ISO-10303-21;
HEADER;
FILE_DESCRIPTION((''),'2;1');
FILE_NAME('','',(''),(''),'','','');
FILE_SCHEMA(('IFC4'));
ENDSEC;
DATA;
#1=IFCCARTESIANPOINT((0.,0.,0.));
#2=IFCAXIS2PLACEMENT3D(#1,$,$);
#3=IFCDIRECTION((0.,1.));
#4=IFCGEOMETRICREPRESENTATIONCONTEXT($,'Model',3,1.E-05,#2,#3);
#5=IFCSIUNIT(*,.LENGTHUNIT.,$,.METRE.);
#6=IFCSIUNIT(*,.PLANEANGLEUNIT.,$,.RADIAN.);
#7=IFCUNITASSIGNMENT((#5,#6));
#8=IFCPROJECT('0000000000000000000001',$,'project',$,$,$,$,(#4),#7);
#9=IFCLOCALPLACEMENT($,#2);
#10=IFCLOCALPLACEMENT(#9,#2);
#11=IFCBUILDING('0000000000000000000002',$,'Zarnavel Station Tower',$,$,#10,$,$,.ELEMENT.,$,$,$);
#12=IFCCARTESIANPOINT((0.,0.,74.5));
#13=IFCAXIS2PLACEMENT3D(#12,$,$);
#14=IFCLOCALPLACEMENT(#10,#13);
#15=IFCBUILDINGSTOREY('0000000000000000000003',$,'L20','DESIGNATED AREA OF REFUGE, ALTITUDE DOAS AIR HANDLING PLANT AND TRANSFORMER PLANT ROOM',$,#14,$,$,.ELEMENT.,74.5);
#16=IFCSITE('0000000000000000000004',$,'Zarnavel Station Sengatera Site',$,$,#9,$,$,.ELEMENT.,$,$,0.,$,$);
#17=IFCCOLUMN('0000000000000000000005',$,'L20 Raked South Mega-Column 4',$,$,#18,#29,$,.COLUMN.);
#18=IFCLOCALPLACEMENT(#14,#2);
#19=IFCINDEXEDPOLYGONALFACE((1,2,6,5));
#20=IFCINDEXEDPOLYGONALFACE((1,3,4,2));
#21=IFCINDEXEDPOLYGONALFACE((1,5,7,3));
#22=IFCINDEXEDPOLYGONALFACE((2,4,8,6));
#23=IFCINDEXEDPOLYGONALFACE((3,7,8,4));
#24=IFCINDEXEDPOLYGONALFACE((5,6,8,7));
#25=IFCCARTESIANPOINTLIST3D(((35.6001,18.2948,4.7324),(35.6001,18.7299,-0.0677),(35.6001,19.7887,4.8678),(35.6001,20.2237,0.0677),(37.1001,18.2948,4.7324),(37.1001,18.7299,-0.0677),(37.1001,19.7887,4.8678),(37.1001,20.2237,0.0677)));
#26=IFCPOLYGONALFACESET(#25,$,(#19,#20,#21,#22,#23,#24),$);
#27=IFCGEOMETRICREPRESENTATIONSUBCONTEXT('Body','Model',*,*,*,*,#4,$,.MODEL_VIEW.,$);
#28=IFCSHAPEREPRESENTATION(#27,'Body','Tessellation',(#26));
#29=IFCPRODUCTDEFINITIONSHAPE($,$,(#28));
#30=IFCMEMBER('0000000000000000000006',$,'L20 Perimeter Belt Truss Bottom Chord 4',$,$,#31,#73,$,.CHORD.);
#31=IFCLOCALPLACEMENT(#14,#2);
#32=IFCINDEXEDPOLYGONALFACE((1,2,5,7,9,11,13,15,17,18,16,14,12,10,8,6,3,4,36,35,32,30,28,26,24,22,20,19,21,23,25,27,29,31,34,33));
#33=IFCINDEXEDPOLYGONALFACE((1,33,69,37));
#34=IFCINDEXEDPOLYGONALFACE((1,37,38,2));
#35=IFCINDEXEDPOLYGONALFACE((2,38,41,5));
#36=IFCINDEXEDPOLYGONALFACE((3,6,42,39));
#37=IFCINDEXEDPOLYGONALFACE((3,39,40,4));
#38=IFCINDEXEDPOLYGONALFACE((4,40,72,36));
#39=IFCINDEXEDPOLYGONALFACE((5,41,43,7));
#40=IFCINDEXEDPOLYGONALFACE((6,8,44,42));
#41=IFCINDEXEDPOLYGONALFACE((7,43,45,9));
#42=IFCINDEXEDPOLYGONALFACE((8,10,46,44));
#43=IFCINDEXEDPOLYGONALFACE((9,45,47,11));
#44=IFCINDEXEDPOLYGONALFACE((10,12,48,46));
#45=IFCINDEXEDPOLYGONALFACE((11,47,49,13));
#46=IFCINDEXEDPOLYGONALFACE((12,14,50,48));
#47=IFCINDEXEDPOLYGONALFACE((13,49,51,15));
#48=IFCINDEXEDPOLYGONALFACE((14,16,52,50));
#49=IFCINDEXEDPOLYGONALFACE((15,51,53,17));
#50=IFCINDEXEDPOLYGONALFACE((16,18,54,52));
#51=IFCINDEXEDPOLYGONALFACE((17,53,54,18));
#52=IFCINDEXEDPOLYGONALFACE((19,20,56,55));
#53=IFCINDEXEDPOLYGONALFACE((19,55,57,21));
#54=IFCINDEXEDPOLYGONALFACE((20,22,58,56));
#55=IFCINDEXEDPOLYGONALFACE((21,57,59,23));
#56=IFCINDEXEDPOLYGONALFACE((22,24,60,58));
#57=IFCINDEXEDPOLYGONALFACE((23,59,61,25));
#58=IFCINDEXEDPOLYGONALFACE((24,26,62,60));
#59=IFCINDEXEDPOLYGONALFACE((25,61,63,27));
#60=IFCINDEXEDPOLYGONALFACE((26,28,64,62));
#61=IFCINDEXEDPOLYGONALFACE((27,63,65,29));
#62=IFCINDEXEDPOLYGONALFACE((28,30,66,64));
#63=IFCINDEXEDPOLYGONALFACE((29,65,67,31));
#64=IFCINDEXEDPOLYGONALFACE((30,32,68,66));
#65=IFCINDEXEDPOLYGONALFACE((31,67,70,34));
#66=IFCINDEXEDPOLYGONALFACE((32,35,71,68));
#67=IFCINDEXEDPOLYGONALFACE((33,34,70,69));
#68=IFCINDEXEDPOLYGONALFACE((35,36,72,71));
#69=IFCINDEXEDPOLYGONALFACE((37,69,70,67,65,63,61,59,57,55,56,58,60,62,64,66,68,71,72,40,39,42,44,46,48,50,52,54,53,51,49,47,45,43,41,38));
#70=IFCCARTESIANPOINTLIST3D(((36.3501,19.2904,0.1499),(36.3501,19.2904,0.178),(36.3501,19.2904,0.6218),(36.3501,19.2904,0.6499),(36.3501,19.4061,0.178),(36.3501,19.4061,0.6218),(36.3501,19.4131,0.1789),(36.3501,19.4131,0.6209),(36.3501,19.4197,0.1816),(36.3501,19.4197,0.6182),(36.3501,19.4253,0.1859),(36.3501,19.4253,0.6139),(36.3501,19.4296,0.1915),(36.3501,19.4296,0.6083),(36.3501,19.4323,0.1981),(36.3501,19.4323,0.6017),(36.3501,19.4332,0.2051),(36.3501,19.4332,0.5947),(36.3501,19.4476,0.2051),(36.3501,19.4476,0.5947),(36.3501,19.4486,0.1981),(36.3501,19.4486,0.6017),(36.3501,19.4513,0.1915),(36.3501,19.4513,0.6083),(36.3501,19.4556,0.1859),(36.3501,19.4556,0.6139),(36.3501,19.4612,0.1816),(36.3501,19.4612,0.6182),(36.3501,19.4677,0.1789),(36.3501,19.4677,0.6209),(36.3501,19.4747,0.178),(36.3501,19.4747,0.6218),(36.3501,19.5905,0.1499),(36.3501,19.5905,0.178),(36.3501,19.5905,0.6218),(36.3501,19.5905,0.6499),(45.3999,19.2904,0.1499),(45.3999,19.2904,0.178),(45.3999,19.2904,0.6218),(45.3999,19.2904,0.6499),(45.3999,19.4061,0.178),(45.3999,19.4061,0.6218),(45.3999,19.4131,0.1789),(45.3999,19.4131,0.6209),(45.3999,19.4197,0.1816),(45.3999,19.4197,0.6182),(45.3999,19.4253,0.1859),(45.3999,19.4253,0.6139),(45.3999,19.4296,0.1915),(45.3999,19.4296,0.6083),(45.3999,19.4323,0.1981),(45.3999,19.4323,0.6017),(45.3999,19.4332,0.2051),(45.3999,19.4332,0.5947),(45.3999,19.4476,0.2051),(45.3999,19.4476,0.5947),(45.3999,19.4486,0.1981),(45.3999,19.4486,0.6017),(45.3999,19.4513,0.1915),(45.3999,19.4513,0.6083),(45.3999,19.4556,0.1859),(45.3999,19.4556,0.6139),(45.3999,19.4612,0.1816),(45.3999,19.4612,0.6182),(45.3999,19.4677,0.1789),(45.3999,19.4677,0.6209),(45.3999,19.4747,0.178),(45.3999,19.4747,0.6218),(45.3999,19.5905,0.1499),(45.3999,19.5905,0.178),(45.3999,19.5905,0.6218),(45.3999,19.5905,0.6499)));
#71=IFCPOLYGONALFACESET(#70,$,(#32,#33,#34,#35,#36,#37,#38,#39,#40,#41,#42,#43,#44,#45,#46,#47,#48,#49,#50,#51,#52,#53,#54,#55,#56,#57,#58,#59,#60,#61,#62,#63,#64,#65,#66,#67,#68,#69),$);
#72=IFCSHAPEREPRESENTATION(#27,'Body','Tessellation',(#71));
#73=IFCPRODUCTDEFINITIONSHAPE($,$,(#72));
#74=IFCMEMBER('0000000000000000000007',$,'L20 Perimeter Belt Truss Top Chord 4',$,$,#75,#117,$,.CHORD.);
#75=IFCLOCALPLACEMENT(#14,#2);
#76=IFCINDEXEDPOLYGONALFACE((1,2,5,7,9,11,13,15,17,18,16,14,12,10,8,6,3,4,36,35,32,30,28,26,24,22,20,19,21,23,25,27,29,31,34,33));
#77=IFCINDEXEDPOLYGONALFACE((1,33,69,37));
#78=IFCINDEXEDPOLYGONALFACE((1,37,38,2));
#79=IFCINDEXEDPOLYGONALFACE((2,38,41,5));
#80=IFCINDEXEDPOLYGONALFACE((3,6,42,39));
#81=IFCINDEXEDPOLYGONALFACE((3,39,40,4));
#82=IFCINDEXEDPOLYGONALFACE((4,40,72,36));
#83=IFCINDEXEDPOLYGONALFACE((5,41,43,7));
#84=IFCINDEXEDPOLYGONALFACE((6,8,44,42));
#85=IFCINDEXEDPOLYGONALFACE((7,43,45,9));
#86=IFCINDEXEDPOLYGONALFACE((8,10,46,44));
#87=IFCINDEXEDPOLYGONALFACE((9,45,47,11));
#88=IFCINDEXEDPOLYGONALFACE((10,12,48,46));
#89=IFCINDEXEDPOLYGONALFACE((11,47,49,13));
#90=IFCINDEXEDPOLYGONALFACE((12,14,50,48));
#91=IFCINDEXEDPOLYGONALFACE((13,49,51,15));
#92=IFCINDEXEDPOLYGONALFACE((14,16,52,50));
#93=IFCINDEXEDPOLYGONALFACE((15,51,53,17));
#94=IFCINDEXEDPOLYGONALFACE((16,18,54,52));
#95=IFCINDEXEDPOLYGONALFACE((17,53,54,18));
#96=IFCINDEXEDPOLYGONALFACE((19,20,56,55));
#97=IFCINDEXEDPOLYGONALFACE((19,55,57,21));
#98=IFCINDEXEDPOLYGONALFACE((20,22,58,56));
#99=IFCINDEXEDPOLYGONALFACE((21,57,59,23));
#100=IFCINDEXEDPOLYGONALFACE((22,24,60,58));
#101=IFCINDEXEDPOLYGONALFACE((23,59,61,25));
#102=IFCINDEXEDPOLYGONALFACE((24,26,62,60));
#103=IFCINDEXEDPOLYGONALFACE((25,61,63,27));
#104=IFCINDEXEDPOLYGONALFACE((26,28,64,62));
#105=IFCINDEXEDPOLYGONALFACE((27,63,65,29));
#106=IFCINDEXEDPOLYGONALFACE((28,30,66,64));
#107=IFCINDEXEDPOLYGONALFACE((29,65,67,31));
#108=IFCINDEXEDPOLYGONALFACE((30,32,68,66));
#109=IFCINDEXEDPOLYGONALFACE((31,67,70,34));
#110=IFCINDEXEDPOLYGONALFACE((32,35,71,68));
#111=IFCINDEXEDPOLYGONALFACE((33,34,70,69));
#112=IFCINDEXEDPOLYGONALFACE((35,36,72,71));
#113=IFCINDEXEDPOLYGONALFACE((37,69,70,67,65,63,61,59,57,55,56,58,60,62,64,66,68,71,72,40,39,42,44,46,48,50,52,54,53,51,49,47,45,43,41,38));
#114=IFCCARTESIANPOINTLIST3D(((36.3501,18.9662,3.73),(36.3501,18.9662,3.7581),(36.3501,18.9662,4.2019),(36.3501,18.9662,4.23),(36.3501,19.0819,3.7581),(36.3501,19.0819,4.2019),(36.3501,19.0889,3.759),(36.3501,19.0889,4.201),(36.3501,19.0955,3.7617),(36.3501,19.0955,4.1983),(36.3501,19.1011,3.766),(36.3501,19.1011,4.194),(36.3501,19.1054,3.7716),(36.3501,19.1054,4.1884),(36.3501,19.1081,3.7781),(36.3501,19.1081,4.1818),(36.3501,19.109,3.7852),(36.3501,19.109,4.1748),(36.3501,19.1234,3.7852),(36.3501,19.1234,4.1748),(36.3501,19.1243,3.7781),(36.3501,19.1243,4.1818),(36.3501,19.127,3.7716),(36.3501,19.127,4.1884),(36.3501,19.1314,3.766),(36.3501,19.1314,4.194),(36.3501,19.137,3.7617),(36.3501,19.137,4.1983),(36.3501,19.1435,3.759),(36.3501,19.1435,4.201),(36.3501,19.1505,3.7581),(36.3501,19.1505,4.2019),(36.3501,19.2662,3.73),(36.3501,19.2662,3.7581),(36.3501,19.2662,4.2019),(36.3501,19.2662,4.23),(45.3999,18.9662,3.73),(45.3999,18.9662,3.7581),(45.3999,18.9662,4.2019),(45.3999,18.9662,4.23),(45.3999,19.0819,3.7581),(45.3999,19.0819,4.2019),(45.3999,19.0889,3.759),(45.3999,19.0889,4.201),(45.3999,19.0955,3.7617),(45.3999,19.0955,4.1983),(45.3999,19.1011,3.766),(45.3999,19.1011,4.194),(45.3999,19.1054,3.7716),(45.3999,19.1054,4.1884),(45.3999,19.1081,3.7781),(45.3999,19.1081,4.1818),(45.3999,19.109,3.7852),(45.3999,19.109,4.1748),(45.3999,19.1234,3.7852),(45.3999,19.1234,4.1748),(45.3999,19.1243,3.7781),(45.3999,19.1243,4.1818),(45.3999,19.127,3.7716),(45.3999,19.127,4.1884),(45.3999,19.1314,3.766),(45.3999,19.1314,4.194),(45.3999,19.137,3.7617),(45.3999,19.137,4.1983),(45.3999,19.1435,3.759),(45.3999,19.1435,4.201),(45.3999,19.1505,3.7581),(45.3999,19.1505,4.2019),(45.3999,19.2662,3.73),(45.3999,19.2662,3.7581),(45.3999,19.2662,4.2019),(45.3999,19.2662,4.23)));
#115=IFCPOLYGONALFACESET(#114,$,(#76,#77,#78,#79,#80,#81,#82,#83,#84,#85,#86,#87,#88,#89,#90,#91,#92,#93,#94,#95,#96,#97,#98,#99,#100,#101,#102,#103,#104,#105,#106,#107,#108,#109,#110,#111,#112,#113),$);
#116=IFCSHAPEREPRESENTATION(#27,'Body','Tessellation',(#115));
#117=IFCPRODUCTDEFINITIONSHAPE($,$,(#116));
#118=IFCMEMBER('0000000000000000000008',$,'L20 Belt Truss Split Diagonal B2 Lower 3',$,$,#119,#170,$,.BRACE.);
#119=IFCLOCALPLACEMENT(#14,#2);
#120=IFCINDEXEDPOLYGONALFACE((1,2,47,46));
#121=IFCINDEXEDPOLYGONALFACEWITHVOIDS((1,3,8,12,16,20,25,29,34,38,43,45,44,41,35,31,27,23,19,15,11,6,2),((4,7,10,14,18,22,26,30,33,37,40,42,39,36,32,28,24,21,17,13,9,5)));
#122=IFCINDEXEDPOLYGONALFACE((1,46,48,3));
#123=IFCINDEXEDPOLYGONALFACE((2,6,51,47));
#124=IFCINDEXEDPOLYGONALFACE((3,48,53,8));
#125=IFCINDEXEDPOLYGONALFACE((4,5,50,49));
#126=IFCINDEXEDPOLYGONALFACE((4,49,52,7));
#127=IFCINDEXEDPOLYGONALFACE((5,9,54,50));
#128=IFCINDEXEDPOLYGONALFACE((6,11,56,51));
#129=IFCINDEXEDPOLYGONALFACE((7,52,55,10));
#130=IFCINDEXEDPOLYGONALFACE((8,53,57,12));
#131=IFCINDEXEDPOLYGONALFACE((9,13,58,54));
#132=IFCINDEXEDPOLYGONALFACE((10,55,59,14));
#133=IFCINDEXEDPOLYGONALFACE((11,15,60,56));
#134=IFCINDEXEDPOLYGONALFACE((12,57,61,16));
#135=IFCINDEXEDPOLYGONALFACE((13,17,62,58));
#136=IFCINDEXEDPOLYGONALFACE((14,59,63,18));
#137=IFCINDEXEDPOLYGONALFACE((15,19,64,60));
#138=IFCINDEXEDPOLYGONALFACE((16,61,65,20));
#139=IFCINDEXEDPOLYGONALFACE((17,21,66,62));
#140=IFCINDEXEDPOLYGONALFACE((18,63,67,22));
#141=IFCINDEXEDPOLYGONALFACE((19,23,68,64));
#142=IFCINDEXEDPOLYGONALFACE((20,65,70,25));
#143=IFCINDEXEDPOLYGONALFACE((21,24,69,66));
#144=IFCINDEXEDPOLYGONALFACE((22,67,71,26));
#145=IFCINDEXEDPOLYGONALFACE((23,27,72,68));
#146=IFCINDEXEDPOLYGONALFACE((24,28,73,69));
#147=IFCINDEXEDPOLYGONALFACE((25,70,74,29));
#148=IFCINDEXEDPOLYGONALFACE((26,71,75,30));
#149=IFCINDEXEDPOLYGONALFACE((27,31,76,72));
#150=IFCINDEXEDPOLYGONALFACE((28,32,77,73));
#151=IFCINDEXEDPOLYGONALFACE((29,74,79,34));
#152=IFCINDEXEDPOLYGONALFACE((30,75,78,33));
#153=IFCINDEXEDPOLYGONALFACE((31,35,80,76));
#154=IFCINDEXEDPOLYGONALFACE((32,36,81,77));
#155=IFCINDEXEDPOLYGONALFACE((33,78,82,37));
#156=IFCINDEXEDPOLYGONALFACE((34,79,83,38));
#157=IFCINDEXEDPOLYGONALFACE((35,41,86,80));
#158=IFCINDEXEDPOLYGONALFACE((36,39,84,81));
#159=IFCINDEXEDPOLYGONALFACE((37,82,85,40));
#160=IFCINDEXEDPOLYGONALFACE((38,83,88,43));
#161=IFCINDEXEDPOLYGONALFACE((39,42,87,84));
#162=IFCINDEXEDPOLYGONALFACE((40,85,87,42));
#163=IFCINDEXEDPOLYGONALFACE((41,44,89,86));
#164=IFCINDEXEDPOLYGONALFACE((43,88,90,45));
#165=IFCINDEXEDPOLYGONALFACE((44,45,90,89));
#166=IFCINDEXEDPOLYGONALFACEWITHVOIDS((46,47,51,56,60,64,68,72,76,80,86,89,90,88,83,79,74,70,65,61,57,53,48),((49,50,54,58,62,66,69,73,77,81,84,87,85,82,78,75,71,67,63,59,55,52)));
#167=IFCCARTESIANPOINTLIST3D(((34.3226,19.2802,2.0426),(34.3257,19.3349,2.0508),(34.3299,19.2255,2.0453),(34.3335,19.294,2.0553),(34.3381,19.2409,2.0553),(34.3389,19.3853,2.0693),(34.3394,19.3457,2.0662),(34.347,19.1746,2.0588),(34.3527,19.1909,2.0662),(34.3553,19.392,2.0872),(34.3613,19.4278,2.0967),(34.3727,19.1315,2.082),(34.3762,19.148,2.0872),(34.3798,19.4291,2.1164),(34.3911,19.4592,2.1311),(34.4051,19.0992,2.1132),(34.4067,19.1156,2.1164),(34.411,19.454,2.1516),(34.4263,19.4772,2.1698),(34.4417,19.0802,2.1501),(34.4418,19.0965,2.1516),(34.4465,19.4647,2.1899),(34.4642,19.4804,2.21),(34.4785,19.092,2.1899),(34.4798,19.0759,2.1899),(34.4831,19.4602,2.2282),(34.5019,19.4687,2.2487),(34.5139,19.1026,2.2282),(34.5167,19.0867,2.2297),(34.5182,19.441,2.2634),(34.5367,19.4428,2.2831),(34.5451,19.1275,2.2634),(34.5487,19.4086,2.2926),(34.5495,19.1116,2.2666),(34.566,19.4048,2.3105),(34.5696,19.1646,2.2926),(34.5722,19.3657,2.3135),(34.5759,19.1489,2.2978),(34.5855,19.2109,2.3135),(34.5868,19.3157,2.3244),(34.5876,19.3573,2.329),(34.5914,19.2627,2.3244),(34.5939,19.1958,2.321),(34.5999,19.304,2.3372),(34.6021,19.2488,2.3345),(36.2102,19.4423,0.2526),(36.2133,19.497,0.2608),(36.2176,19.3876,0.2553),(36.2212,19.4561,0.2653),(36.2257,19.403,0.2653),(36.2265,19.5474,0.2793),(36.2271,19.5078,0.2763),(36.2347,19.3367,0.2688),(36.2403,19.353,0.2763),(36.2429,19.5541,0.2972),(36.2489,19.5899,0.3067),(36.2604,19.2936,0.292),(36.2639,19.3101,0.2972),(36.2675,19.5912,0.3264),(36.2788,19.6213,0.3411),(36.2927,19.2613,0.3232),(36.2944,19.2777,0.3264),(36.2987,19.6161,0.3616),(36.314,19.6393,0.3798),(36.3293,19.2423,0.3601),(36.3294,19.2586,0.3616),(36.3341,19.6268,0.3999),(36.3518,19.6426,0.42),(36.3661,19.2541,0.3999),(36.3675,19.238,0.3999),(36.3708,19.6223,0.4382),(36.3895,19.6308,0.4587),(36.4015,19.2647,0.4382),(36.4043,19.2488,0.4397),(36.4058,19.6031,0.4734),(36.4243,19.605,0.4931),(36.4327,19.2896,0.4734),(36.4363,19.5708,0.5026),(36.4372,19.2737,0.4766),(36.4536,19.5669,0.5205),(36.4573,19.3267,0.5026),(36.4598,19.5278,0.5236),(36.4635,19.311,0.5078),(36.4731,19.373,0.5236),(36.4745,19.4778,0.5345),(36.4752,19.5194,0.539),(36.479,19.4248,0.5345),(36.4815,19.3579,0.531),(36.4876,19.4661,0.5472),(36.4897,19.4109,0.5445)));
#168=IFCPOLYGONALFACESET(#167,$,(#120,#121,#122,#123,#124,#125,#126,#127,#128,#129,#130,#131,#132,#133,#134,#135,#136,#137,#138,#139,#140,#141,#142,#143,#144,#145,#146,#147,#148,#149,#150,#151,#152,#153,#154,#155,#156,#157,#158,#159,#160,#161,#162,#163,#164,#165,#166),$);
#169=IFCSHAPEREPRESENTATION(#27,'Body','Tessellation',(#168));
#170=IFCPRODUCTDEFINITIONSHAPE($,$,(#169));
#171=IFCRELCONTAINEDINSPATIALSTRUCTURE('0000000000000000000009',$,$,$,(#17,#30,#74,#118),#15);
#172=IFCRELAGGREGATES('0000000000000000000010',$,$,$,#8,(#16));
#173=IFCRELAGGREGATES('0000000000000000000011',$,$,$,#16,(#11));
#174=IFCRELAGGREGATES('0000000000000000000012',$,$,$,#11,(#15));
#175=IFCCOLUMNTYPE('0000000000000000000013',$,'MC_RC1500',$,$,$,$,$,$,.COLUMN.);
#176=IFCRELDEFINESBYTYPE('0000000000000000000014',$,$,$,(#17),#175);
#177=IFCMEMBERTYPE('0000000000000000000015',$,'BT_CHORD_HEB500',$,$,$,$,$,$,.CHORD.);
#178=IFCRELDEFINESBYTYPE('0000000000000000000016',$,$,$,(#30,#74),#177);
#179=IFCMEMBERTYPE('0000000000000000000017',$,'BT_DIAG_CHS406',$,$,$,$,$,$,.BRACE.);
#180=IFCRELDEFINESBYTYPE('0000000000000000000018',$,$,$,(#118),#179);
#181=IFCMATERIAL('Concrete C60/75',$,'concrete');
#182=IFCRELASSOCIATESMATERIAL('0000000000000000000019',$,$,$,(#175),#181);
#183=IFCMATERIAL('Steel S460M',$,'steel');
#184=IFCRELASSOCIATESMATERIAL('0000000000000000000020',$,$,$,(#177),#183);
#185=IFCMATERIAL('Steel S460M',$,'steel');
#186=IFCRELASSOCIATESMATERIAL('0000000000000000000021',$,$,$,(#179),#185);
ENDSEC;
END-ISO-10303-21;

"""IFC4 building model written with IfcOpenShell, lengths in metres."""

from ifc_helpers import new_model, si_unit, direction, frame, origin, origin_2d, place, context, subcontext, project, spatial, rectangle, hollow_circle, i_section, extrude, material, material_profile, profile_set, type_object, element, save


model = new_model("IFC4")

# Units and contexts
model_context = context("Model", 3, precision=1e-05, world=origin(), true_north=direction((0.0, 1.0)))
body_context = subcontext(model_context, "Body", "Model", "MODEL_VIEW")
ifc_project = project(units=[si_unit("LENGTHUNIT", "METRE"), si_unit("PLANEANGLEUNIT", "RADIAN")], contexts=[model_context])

# Site, building, storey
site_placement = place(None, origin())
site = spatial("IfcSite", under=ifc_project, at=site_placement, Name="Zarnavel Station Sengatera Site", CompositionType="ELEMENT", RefElevation=0.0)
building_placement = place(site_placement, origin())
building = spatial("IfcBuilding", under=site, at=building_placement, Name="Zarnavel Station Tower", CompositionType="ELEMENT")
storey_placement = place(building_placement, frame((0.0, 0.0, 74.5)))
storey = spatial("IfcBuildingStorey", under=building, at=storey_placement, Name="L20", Description="DESIGNATED AREA OF REFUGE, ALTITUDE DOAS AIR HANDLING PLANT AND TRANSFORMER PLANT ROOM", CompositionType="ELEMENT", Elevation=74.5)

# Column
ifc_material_1 = material(Name="Concrete C60/75", Category="concrete")
ifc_material_profile_1 = material_profile(ifc_material_1, rectangle(XDim=1.5, YDim=1.5, at=origin_2d()), Name="RC1500x1500")
ifc_profile_set_1 = profile_set([ifc_material_profile_1], Name="Concrete C60/75")
column_type = type_object("IfcColumnType", Name="MC_RC1500", PredefinedType="COLUMN", material=ifc_profile_set_1)
column_placement = place(storey_placement, frame((36.3501, 19.4768, 0.0), z_axis=(0.0, -0.090266, 0.995918), x_axis=(1.0, 0.0, 0.0)))
element("IfcColumn", 1, at=column_placement, inside=storey, type_object=column_type, Name="L20 Raked South Mega-Column 4", PredefinedType="COLUMN", context=body_context, shape_type="SweptSolid", body=[
    extrude(rectangle(XDim=1.5, YDim=1.5, at=origin_2d()), origin(), (0.0, 0.0, 1.0), 4.8198),
])

# Members
ifc_material_2 = material(Name="Steel S460M", Category="steel")
ifc_material_profile_2 = material_profile(ifc_material_2, i_section(OverallWidth=0.3, OverallDepth=0.5, WebThickness=0.0144, FlangeThickness=0.0281, FilletRadius=0.0271, at=origin_2d()), Name="HEB500")
ifc_profile_set_2 = profile_set([ifc_material_profile_2], Name="Steel S460M")
member_type_1 = type_object("IfcMemberType", Name="BT_CHORD_HEB500", PredefinedType="CHORD", material=ifc_profile_set_2)
for number, where, z_axis, x_axis, name in (
    (2, (36.3501, 19.4404, 0.3999), (1.0, 0.0, 0.0), (0.0, 1.0, 0.0), "L20 Perimeter Belt Truss Bottom Chord 4"),
    (3, (36.3501, 19.1162, 3.98), (1.0, 0.0, 0.0), (0.0, 1.0, 0.0), "L20 Perimeter Belt Truss Top Chord 4"),
):
    element("IfcMember", number, at=place(storey_placement, frame(where, z_axis=z_axis, x_axis=x_axis)), inside=storey, type_object=member_type_1, Name=name, PredefinedType="CHORD", context=body_context, shape_type="SweptSolid", body=[
        extrude(i_section(OverallWidth=0.3, OverallDepth=0.5, WebThickness=0.0144, FlangeThickness=0.0281, FilletRadius=0.0271, at=origin_2d()), origin(), (0.0, 0.0, 1.0), 9.0498),
    ])
ifc_material_3 = material(Name="Steel S460M", Category="steel")
ifc_material_profile_3 = material_profile(ifc_material_3, hollow_circle(Radius=0.2031, WallThickness=0.0161, at=origin_2d()), Name="CHS406.4x16")
ifc_profile_set_3 = profile_set([ifc_material_profile_3], Name="Steel S460M")
member_type_2 = type_object("IfcMemberType", Name="BT_DIAG_CHS406", PredefinedType="BRACE", material=ifc_profile_set_3)
for number, where, z_axis, x_axis, name in (
    (4, (36.3501, 19.4404, 0.3999), (-0.724222, -0.062194, 0.686756), (0.085562, -0.996333, 0.0), "L20 Belt Truss Split Diagonal B2 Lower 3"),
):
    element("IfcMember", number, at=place(storey_placement, frame(where, z_axis=z_axis, x_axis=x_axis)), inside=storey, type_object=member_type_2, Name=name, PredefinedType="BRACE", context=body_context, shape_type="SweptSolid", body=[
        extrude(hollow_circle(Radius=0.2031, WallThickness=0.0161, at=origin_2d()), origin(), (0.0, 0.0, 1.0), 2.6064),
    ])

save(model, "model.ifc")
